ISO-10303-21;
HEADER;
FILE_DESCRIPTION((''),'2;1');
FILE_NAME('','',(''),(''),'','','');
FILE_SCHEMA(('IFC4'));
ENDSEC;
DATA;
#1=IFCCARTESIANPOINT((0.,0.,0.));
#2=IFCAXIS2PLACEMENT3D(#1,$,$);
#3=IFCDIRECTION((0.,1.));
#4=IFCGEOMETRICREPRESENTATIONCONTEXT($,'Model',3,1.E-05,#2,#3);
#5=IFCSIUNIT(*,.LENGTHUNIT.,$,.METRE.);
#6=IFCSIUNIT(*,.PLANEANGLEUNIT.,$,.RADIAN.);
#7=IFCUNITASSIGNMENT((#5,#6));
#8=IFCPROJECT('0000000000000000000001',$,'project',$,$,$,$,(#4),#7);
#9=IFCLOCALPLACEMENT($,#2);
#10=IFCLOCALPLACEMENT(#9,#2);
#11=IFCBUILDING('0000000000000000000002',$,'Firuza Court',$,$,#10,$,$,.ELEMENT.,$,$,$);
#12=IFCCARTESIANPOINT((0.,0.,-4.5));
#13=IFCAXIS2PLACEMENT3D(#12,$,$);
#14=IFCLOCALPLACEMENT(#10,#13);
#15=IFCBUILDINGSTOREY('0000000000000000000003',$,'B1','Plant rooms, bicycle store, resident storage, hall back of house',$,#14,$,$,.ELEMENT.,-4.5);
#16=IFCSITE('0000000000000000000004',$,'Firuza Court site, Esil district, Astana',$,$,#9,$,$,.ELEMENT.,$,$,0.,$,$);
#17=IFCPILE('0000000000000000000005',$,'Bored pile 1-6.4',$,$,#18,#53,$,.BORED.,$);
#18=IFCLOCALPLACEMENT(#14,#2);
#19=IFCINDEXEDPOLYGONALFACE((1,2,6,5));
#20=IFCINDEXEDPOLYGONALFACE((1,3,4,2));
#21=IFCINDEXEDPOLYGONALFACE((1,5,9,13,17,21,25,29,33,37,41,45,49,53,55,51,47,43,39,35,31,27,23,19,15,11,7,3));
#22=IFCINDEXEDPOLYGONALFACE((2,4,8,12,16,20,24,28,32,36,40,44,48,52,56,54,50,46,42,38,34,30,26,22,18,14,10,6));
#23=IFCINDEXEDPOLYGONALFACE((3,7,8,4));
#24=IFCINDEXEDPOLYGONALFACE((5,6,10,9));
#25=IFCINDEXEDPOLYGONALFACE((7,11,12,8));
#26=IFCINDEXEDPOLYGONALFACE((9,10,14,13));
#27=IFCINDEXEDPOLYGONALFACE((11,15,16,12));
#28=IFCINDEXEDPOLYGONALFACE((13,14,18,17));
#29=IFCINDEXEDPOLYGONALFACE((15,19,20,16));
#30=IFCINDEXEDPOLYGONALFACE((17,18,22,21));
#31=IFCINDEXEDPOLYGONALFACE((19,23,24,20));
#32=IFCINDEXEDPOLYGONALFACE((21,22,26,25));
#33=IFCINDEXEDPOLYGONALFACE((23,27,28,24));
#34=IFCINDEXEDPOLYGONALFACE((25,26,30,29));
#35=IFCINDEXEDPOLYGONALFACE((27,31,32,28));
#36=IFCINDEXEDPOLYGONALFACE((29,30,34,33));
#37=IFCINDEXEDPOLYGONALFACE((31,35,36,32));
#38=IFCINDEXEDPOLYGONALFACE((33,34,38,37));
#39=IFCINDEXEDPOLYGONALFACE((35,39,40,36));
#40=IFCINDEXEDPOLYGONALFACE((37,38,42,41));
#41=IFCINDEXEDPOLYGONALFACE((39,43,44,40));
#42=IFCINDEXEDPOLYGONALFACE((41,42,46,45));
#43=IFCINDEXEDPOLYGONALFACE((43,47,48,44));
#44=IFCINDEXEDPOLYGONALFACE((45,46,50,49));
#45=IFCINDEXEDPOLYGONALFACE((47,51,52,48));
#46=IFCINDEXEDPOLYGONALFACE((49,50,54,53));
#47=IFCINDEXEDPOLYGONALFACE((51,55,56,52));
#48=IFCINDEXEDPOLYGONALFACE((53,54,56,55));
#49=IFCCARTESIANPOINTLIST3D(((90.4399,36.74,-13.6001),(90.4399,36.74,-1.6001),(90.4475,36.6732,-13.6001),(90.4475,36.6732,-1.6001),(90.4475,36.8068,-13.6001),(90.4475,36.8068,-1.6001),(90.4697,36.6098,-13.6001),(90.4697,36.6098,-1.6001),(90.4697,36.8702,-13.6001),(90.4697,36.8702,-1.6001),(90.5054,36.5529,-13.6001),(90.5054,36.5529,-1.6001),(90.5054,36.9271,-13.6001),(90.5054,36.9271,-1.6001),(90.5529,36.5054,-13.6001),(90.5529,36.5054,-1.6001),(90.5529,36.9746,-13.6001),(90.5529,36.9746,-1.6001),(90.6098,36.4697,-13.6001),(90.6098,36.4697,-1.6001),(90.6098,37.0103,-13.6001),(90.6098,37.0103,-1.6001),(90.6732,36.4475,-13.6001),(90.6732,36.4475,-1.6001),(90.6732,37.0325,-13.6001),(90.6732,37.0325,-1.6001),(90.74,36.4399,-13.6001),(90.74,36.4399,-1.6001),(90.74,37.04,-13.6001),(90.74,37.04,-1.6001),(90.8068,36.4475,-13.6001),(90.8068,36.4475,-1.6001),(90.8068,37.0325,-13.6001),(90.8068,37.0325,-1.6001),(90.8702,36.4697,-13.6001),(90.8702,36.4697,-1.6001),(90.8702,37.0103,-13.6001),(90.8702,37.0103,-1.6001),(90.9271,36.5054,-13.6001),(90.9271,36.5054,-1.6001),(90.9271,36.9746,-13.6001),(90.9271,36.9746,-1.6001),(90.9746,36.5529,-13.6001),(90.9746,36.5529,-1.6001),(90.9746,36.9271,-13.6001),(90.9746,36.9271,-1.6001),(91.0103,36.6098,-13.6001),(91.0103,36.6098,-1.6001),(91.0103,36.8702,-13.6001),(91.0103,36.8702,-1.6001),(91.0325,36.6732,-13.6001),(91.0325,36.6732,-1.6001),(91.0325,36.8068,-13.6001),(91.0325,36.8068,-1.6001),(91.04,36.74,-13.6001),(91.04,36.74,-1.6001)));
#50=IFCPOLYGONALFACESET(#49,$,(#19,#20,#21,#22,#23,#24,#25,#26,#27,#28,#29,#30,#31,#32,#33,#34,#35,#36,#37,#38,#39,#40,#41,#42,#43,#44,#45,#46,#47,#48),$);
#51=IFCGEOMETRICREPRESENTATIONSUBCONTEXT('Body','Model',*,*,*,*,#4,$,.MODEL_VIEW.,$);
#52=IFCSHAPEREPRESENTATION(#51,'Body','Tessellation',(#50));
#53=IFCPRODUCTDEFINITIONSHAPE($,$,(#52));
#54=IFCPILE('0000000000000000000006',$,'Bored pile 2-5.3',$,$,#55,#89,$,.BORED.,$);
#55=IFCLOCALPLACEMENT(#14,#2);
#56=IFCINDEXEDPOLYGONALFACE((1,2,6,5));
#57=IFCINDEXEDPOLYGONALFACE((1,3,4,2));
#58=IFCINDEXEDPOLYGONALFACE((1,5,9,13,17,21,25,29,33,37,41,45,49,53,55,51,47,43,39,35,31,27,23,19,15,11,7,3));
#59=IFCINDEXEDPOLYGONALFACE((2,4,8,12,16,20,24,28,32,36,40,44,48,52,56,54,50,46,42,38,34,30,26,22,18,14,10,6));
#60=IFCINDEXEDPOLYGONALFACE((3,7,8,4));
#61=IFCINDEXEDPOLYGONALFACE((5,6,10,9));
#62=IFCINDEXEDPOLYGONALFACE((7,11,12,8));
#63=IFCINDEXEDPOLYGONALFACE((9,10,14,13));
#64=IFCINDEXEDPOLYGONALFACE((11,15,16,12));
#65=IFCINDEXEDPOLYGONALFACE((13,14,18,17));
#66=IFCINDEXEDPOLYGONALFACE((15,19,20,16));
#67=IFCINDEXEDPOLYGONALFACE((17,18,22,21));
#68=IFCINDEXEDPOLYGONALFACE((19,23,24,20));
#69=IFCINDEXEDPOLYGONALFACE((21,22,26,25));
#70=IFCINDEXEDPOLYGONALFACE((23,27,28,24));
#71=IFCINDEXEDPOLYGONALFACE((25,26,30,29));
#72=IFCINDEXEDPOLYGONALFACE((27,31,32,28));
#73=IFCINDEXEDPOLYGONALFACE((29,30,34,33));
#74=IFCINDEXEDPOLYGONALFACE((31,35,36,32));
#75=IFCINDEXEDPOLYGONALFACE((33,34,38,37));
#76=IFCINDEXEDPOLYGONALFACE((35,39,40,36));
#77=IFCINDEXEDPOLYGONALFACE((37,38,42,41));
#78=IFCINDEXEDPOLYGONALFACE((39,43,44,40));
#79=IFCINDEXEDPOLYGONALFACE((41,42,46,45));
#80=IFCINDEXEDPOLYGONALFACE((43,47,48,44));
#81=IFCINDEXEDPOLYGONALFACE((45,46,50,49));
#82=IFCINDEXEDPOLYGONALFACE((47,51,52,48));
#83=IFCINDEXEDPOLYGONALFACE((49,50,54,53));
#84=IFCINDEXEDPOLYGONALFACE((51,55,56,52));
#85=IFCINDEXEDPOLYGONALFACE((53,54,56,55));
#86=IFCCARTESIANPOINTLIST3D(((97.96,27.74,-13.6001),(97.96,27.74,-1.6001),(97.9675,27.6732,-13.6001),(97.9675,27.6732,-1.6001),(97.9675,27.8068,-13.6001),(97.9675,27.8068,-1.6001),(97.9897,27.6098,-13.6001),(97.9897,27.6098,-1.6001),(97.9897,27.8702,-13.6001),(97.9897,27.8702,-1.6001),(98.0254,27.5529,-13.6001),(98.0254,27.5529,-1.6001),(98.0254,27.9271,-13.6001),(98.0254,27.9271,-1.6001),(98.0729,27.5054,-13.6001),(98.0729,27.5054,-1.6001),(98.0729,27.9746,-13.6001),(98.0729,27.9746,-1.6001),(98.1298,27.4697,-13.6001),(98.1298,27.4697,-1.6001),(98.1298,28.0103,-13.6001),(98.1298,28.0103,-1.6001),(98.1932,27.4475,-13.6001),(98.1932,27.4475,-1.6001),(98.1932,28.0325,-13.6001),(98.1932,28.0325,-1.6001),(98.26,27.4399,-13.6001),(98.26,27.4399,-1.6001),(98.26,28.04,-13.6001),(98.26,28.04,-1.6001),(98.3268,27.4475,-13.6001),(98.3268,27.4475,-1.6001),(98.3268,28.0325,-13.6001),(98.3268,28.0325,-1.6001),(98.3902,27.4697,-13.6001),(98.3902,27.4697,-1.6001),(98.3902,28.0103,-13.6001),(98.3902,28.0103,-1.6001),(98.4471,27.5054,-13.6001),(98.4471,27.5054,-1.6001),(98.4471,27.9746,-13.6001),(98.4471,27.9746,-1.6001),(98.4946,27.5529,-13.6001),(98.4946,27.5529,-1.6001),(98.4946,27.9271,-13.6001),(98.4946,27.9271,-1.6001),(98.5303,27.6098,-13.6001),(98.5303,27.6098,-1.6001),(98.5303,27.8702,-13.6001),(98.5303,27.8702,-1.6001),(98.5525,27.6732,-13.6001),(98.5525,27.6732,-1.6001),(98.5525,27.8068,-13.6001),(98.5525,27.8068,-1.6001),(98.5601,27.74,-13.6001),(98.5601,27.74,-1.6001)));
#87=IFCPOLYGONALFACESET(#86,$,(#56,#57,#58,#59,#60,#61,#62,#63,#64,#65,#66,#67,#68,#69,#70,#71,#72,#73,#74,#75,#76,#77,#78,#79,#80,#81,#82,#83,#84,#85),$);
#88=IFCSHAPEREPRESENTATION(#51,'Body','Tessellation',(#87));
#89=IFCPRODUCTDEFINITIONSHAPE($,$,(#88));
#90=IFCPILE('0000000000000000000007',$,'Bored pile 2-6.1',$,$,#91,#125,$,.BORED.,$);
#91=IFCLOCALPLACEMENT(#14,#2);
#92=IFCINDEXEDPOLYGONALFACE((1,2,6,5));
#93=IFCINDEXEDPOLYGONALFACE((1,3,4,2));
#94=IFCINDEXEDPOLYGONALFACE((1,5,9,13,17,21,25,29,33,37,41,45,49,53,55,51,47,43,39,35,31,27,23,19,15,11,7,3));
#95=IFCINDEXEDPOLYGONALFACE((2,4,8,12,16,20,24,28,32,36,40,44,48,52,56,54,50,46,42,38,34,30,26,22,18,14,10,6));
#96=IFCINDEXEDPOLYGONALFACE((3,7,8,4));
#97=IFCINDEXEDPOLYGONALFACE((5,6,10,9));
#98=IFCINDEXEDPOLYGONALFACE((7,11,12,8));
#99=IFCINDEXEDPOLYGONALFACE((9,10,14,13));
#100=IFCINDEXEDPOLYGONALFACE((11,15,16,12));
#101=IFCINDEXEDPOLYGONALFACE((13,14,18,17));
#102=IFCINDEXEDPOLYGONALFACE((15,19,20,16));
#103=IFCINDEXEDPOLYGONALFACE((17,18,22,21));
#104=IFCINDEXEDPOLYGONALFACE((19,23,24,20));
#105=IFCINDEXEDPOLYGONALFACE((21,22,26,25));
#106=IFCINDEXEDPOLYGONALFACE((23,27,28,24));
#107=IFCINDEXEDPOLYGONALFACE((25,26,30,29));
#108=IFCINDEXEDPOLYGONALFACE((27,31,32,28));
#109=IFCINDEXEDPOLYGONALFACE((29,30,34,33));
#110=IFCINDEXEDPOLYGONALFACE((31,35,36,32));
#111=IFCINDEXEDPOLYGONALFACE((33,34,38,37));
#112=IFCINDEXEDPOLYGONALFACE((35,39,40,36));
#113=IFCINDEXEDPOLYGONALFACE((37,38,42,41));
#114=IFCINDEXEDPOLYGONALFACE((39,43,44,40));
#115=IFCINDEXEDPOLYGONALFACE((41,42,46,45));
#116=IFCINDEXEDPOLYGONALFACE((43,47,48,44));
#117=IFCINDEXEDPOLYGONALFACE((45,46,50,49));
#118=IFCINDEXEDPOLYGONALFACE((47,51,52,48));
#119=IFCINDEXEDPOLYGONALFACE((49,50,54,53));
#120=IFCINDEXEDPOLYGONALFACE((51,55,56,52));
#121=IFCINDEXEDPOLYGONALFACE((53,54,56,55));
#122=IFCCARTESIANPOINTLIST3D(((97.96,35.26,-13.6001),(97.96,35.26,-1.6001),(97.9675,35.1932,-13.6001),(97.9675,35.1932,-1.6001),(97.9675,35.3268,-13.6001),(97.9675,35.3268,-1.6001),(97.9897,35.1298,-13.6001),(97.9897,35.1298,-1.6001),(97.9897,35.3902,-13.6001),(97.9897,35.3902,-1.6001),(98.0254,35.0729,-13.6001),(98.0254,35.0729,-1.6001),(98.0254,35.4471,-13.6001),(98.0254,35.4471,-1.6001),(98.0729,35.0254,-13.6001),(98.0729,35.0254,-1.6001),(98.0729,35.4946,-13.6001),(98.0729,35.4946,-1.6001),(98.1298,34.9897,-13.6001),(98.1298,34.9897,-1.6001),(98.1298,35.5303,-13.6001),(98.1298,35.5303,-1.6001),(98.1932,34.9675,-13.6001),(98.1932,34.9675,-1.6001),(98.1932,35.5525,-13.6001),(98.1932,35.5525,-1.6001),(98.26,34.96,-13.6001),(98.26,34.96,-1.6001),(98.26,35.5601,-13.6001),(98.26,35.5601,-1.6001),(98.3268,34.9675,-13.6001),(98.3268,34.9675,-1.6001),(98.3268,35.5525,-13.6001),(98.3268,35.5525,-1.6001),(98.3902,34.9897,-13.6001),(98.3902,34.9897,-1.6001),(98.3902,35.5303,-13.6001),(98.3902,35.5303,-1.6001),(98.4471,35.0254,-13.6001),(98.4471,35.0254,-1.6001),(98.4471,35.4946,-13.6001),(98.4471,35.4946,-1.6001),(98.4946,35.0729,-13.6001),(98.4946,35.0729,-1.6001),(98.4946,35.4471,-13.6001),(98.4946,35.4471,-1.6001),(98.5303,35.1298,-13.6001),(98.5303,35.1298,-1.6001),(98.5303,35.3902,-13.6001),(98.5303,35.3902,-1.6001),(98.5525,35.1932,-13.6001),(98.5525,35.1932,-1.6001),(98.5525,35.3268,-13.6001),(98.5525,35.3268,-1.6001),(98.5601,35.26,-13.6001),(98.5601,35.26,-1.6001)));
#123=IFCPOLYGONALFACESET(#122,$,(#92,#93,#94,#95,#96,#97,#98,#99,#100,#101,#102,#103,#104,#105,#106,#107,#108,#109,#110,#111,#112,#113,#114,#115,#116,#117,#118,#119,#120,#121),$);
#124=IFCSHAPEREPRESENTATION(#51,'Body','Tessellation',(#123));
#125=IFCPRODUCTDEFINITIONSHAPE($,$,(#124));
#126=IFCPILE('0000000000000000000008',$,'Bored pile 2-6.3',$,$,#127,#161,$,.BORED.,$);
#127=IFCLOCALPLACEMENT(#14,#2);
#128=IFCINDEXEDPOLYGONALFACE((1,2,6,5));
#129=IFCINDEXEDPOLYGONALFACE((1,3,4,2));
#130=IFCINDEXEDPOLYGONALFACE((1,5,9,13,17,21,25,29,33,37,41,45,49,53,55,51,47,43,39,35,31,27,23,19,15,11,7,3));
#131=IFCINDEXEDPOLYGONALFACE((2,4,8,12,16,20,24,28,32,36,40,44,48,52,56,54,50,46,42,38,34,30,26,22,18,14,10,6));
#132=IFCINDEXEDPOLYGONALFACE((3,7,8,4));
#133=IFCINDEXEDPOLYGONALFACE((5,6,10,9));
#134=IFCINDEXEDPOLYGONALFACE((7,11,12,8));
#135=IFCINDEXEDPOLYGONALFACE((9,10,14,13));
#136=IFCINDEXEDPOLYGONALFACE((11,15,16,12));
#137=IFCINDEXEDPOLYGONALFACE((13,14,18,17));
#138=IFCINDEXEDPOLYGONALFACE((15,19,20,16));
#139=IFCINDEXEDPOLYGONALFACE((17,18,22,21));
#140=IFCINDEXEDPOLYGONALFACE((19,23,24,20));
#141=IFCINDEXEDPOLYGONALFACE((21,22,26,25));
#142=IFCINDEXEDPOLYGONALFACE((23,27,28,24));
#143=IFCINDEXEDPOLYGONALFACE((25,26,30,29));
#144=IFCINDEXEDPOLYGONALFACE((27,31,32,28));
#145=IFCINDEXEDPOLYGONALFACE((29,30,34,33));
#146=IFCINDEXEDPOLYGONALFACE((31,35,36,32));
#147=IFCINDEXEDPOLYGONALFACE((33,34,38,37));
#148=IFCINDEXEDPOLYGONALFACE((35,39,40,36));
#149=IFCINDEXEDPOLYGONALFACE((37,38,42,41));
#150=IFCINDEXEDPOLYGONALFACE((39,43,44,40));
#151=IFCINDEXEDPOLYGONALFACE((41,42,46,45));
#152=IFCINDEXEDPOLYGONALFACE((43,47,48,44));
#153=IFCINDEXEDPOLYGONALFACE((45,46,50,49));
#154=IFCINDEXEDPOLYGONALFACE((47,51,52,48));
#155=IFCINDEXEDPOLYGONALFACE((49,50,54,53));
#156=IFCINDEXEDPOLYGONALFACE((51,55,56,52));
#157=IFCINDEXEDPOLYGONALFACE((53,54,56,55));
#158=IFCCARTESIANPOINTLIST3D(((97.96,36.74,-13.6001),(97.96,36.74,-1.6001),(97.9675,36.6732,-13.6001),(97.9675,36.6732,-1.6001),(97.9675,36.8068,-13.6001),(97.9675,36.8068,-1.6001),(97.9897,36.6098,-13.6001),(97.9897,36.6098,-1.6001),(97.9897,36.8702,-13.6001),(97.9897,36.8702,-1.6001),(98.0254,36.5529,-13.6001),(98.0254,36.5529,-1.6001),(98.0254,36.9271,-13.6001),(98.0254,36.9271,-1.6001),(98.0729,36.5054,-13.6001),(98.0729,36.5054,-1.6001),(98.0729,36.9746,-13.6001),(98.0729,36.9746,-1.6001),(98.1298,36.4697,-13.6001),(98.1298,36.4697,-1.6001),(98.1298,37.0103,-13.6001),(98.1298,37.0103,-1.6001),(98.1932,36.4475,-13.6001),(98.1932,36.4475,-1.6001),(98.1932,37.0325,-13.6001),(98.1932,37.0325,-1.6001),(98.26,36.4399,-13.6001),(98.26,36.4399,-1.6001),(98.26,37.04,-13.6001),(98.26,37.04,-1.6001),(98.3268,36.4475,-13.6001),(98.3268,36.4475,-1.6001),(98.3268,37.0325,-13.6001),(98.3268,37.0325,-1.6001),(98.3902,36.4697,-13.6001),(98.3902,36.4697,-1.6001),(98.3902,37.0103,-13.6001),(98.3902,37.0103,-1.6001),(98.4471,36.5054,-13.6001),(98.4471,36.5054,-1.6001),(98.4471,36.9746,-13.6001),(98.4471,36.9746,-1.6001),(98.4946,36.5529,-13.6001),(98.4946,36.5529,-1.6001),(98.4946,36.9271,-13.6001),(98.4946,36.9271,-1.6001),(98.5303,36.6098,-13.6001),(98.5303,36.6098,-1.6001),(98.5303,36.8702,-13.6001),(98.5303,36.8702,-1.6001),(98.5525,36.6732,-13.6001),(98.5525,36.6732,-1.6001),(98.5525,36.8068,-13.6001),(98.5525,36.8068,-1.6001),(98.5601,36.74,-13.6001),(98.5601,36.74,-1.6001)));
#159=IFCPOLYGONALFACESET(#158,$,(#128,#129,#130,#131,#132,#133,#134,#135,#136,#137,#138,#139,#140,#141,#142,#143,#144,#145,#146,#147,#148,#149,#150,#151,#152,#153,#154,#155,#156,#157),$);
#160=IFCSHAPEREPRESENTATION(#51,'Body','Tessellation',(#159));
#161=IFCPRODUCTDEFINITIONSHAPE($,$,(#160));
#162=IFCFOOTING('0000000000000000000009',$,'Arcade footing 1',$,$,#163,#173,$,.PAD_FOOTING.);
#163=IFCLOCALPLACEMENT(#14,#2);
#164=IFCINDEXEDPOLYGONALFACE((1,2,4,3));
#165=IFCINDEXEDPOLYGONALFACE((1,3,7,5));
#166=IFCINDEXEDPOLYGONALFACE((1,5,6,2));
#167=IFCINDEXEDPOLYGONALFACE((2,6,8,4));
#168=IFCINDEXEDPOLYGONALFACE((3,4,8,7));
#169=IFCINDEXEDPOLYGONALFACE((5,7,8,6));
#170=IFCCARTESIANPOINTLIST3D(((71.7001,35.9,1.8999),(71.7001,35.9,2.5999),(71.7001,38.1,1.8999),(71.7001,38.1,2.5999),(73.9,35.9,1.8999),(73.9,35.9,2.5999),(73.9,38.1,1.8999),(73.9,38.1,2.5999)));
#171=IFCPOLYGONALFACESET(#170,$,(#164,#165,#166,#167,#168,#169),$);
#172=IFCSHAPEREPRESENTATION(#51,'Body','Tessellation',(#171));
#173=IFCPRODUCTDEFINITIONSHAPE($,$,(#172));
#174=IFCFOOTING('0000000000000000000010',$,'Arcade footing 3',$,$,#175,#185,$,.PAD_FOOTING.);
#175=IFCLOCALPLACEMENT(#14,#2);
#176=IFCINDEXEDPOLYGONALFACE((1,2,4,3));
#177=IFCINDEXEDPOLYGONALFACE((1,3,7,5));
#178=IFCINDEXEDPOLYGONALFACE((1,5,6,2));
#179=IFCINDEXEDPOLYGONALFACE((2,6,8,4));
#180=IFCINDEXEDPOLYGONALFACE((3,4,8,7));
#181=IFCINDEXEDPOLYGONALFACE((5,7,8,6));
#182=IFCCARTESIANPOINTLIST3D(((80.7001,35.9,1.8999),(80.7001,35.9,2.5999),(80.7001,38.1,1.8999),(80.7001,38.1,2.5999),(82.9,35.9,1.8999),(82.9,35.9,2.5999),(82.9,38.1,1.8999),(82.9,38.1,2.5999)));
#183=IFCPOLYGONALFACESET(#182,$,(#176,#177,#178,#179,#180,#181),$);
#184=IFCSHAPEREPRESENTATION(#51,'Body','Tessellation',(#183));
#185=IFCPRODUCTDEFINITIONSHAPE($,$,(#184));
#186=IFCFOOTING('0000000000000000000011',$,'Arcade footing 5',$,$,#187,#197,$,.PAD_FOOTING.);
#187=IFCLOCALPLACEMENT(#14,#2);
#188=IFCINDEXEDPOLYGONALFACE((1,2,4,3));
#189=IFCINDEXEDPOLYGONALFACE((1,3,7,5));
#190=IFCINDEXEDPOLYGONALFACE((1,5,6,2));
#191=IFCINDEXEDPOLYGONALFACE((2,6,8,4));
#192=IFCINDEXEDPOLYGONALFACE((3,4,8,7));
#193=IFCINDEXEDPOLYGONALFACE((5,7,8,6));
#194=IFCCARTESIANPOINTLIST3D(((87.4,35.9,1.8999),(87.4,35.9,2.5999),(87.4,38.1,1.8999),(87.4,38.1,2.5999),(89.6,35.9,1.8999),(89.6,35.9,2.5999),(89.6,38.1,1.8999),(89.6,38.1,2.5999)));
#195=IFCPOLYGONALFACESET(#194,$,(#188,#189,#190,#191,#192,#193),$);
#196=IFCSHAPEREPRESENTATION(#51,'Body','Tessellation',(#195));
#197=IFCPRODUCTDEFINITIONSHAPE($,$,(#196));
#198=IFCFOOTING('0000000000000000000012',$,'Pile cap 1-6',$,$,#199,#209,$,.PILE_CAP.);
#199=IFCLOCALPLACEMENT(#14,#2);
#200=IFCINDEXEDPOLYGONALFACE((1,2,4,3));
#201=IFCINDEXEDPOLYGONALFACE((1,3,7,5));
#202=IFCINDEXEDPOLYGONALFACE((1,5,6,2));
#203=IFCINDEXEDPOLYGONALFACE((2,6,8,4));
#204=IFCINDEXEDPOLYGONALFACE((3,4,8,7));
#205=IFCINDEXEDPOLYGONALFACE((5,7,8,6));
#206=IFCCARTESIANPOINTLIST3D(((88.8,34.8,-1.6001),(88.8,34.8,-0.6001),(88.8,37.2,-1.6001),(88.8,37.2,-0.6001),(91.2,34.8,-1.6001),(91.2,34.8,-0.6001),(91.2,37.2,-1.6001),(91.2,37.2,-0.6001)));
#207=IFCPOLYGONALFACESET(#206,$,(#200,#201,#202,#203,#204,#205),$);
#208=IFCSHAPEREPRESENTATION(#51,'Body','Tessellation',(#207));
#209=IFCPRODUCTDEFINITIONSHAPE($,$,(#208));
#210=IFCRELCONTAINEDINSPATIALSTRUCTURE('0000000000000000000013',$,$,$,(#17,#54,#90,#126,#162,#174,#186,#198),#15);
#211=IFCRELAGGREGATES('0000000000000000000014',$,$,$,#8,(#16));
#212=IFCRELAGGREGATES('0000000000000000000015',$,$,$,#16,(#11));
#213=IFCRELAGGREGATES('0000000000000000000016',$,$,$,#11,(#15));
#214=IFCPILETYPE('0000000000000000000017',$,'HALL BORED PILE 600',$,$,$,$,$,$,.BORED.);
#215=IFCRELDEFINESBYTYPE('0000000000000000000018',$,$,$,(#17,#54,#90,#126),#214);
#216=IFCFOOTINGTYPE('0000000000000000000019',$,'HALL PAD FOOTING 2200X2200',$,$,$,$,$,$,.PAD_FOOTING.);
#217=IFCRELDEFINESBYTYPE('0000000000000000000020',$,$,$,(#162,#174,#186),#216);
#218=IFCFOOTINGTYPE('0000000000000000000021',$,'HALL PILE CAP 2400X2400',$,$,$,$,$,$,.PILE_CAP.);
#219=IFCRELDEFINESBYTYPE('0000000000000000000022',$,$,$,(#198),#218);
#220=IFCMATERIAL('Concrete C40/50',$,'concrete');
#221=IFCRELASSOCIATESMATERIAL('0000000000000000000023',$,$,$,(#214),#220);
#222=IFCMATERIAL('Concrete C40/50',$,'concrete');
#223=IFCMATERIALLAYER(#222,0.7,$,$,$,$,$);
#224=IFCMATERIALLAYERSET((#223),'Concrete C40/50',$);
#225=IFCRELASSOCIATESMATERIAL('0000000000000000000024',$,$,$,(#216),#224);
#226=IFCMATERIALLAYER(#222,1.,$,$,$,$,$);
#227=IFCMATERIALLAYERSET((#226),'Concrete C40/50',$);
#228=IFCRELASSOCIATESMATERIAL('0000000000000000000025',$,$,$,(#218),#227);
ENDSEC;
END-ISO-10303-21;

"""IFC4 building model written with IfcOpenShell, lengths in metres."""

from ifc_helpers import new_model, si_unit, direction, frame, origin, origin_2d, place, context, subcontext, project, spatial, rectangle, circle, extrude, material, layer, layer_set, material_profile, profile_set, type_object, element, save


model = new_model("IFC4")

# Units and contexts
model_context = context("Model", 3, precision=1e-05, world=origin(), true_north=direction((0.0, 1.0)))
body_context = subcontext(model_context, "Body", "Model", "MODEL_VIEW")
ifc_project = project(units=[si_unit("LENGTHUNIT", "METRE"), si_unit("PLANEANGLEUNIT", "RADIAN")], contexts=[model_context])

# Site, building, storey
site_placement = place(None, origin())
site = spatial("IfcSite", under=ifc_project, at=site_placement, Name="Firuza Court site, Esil district, Astana", CompositionType="ELEMENT", RefElevation=0.0)
building_placement = place(site_placement, origin())
building = spatial("IfcBuilding", under=site, at=building_placement, Name="Firuza Court", CompositionType="ELEMENT")
storey_placement = place(building_placement, frame((0.0, 0.0, -4.5)))
storey = spatial("IfcBuildingStorey", under=building, at=storey_placement, Name="B1", Description="Plant rooms, bicycle store, resident storage, hall back of house", CompositionType="ELEMENT", Elevation=-4.5)

# Piles
ifc_material_1 = material(Name="Concrete C40/50", Category="concrete")
ifc_material_profile_1 = material_profile(ifc_material_1, circle(Radius=0.3, at=origin_2d()), Name="PILE 600")
ifc_profile_set_1 = profile_set([ifc_material_profile_1], Name="Concrete C40/50")
pile_type = type_object("IfcPileType", Name="HALL BORED PILE 600", PredefinedType="BORED", material=ifc_profile_set_1)
for number, where, z_axis, x_axis, name in (
    (1, (90.74, 36.74, -1.6001), (0.0, 0.0, -1.0), (1.0, 0.0, 0.0), "Bored pile 1-6.4"),
    (2, (98.26, 27.74, -1.6001), (0.0, 0.0, -1.0), (1.0, 0.0, 0.0), "Bored pile 2-5.3"),
    (3, (98.26, 35.26, -1.6001), (0.0, 0.0, -1.0), (1.0, 0.0, 0.0), "Bored pile 2-6.1"),
    (4, (98.26, 36.74, -1.6001), (0.0, 0.0, -1.0), (1.0, 0.0, 0.0), "Bored pile 2-6.3"),
):
    element("IfcPile", number, at=place(storey_placement, frame(where, z_axis=z_axis, x_axis=x_axis)), inside=storey, type_object=pile_type, Name=name, PredefinedType="BORED", context=body_context, shape_type="SweptSolid", body=[
        extrude(circle(Radius=0.3, at=origin_2d()), origin(), (0.0, 0.0, 1.0), 12.0),
    ])

# Footings
ifc_material_2 = material(Name="Concrete C40/50", Category="concrete")
ifc_layer_1 = layer(ifc_material_2, 0.7)
ifc_layer_set_1 = layer_set([ifc_layer_1], Name="Concrete C40/50")
footing_type_1 = type_object("IfcFootingType", Name="HALL PAD FOOTING 2200X2200", PredefinedType="PAD_FOOTING", material=ifc_layer_set_1)
for number, where, z_axis, x_axis, name in (
    (5, (72.8, 37.0, 1.8999), (0.0, 0.0, 1.0), (1.0, 0.0, 0.0), "Arcade footing 1"),
    (6, (81.8, 37.0, 1.8999), (0.0, 0.0, 1.0), (1.0, 0.0, 0.0), "Arcade footing 3"),
    (7, (88.5, 37.0, 1.8999), (0.0, 0.0, 1.0), (1.0, 0.0, 0.0), "Arcade footing 5"),
):
    element("IfcFooting", number, at=place(storey_placement, frame(where, z_axis=z_axis, x_axis=x_axis)), inside=storey, type_object=footing_type_1, Name=name, PredefinedType="PAD_FOOTING", context=body_context, shape_type="SweptSolid", body=[
        extrude(rectangle(XDim=2.2, YDim=2.2, at=origin_2d()), origin(), (0.0, 0.0, 1.0), 0.7),
    ])
ifc_layer_2 = layer(ifc_material_2, 1.0)
ifc_layer_set_2 = layer_set([ifc_layer_2], Name="Concrete C40/50")
footing_type_2 = type_object("IfcFootingType", Name="HALL PILE CAP 2400X2400", PredefinedType="PILE_CAP", material=ifc_layer_set_2)
for number, where, z_axis, x_axis, name in (
    (8, (90.0, 36.0, -1.6001), (0.0, 0.0, 1.0), (1.0, 0.0, 0.0), "Pile cap 1-6"),
):
    element("IfcFooting", number, at=place(storey_placement, frame(where, z_axis=z_axis, x_axis=x_axis)), inside=storey, type_object=footing_type_2, Name=name, PredefinedType="PILE_CAP", context=body_context, shape_type="SweptSolid", body=[
        extrude(rectangle(XDim=2.3999, YDim=2.3999, at=origin_2d()), origin(), (0.0, 0.0, 1.0), 1.0),
    ])

save(model, "model.ifc")
